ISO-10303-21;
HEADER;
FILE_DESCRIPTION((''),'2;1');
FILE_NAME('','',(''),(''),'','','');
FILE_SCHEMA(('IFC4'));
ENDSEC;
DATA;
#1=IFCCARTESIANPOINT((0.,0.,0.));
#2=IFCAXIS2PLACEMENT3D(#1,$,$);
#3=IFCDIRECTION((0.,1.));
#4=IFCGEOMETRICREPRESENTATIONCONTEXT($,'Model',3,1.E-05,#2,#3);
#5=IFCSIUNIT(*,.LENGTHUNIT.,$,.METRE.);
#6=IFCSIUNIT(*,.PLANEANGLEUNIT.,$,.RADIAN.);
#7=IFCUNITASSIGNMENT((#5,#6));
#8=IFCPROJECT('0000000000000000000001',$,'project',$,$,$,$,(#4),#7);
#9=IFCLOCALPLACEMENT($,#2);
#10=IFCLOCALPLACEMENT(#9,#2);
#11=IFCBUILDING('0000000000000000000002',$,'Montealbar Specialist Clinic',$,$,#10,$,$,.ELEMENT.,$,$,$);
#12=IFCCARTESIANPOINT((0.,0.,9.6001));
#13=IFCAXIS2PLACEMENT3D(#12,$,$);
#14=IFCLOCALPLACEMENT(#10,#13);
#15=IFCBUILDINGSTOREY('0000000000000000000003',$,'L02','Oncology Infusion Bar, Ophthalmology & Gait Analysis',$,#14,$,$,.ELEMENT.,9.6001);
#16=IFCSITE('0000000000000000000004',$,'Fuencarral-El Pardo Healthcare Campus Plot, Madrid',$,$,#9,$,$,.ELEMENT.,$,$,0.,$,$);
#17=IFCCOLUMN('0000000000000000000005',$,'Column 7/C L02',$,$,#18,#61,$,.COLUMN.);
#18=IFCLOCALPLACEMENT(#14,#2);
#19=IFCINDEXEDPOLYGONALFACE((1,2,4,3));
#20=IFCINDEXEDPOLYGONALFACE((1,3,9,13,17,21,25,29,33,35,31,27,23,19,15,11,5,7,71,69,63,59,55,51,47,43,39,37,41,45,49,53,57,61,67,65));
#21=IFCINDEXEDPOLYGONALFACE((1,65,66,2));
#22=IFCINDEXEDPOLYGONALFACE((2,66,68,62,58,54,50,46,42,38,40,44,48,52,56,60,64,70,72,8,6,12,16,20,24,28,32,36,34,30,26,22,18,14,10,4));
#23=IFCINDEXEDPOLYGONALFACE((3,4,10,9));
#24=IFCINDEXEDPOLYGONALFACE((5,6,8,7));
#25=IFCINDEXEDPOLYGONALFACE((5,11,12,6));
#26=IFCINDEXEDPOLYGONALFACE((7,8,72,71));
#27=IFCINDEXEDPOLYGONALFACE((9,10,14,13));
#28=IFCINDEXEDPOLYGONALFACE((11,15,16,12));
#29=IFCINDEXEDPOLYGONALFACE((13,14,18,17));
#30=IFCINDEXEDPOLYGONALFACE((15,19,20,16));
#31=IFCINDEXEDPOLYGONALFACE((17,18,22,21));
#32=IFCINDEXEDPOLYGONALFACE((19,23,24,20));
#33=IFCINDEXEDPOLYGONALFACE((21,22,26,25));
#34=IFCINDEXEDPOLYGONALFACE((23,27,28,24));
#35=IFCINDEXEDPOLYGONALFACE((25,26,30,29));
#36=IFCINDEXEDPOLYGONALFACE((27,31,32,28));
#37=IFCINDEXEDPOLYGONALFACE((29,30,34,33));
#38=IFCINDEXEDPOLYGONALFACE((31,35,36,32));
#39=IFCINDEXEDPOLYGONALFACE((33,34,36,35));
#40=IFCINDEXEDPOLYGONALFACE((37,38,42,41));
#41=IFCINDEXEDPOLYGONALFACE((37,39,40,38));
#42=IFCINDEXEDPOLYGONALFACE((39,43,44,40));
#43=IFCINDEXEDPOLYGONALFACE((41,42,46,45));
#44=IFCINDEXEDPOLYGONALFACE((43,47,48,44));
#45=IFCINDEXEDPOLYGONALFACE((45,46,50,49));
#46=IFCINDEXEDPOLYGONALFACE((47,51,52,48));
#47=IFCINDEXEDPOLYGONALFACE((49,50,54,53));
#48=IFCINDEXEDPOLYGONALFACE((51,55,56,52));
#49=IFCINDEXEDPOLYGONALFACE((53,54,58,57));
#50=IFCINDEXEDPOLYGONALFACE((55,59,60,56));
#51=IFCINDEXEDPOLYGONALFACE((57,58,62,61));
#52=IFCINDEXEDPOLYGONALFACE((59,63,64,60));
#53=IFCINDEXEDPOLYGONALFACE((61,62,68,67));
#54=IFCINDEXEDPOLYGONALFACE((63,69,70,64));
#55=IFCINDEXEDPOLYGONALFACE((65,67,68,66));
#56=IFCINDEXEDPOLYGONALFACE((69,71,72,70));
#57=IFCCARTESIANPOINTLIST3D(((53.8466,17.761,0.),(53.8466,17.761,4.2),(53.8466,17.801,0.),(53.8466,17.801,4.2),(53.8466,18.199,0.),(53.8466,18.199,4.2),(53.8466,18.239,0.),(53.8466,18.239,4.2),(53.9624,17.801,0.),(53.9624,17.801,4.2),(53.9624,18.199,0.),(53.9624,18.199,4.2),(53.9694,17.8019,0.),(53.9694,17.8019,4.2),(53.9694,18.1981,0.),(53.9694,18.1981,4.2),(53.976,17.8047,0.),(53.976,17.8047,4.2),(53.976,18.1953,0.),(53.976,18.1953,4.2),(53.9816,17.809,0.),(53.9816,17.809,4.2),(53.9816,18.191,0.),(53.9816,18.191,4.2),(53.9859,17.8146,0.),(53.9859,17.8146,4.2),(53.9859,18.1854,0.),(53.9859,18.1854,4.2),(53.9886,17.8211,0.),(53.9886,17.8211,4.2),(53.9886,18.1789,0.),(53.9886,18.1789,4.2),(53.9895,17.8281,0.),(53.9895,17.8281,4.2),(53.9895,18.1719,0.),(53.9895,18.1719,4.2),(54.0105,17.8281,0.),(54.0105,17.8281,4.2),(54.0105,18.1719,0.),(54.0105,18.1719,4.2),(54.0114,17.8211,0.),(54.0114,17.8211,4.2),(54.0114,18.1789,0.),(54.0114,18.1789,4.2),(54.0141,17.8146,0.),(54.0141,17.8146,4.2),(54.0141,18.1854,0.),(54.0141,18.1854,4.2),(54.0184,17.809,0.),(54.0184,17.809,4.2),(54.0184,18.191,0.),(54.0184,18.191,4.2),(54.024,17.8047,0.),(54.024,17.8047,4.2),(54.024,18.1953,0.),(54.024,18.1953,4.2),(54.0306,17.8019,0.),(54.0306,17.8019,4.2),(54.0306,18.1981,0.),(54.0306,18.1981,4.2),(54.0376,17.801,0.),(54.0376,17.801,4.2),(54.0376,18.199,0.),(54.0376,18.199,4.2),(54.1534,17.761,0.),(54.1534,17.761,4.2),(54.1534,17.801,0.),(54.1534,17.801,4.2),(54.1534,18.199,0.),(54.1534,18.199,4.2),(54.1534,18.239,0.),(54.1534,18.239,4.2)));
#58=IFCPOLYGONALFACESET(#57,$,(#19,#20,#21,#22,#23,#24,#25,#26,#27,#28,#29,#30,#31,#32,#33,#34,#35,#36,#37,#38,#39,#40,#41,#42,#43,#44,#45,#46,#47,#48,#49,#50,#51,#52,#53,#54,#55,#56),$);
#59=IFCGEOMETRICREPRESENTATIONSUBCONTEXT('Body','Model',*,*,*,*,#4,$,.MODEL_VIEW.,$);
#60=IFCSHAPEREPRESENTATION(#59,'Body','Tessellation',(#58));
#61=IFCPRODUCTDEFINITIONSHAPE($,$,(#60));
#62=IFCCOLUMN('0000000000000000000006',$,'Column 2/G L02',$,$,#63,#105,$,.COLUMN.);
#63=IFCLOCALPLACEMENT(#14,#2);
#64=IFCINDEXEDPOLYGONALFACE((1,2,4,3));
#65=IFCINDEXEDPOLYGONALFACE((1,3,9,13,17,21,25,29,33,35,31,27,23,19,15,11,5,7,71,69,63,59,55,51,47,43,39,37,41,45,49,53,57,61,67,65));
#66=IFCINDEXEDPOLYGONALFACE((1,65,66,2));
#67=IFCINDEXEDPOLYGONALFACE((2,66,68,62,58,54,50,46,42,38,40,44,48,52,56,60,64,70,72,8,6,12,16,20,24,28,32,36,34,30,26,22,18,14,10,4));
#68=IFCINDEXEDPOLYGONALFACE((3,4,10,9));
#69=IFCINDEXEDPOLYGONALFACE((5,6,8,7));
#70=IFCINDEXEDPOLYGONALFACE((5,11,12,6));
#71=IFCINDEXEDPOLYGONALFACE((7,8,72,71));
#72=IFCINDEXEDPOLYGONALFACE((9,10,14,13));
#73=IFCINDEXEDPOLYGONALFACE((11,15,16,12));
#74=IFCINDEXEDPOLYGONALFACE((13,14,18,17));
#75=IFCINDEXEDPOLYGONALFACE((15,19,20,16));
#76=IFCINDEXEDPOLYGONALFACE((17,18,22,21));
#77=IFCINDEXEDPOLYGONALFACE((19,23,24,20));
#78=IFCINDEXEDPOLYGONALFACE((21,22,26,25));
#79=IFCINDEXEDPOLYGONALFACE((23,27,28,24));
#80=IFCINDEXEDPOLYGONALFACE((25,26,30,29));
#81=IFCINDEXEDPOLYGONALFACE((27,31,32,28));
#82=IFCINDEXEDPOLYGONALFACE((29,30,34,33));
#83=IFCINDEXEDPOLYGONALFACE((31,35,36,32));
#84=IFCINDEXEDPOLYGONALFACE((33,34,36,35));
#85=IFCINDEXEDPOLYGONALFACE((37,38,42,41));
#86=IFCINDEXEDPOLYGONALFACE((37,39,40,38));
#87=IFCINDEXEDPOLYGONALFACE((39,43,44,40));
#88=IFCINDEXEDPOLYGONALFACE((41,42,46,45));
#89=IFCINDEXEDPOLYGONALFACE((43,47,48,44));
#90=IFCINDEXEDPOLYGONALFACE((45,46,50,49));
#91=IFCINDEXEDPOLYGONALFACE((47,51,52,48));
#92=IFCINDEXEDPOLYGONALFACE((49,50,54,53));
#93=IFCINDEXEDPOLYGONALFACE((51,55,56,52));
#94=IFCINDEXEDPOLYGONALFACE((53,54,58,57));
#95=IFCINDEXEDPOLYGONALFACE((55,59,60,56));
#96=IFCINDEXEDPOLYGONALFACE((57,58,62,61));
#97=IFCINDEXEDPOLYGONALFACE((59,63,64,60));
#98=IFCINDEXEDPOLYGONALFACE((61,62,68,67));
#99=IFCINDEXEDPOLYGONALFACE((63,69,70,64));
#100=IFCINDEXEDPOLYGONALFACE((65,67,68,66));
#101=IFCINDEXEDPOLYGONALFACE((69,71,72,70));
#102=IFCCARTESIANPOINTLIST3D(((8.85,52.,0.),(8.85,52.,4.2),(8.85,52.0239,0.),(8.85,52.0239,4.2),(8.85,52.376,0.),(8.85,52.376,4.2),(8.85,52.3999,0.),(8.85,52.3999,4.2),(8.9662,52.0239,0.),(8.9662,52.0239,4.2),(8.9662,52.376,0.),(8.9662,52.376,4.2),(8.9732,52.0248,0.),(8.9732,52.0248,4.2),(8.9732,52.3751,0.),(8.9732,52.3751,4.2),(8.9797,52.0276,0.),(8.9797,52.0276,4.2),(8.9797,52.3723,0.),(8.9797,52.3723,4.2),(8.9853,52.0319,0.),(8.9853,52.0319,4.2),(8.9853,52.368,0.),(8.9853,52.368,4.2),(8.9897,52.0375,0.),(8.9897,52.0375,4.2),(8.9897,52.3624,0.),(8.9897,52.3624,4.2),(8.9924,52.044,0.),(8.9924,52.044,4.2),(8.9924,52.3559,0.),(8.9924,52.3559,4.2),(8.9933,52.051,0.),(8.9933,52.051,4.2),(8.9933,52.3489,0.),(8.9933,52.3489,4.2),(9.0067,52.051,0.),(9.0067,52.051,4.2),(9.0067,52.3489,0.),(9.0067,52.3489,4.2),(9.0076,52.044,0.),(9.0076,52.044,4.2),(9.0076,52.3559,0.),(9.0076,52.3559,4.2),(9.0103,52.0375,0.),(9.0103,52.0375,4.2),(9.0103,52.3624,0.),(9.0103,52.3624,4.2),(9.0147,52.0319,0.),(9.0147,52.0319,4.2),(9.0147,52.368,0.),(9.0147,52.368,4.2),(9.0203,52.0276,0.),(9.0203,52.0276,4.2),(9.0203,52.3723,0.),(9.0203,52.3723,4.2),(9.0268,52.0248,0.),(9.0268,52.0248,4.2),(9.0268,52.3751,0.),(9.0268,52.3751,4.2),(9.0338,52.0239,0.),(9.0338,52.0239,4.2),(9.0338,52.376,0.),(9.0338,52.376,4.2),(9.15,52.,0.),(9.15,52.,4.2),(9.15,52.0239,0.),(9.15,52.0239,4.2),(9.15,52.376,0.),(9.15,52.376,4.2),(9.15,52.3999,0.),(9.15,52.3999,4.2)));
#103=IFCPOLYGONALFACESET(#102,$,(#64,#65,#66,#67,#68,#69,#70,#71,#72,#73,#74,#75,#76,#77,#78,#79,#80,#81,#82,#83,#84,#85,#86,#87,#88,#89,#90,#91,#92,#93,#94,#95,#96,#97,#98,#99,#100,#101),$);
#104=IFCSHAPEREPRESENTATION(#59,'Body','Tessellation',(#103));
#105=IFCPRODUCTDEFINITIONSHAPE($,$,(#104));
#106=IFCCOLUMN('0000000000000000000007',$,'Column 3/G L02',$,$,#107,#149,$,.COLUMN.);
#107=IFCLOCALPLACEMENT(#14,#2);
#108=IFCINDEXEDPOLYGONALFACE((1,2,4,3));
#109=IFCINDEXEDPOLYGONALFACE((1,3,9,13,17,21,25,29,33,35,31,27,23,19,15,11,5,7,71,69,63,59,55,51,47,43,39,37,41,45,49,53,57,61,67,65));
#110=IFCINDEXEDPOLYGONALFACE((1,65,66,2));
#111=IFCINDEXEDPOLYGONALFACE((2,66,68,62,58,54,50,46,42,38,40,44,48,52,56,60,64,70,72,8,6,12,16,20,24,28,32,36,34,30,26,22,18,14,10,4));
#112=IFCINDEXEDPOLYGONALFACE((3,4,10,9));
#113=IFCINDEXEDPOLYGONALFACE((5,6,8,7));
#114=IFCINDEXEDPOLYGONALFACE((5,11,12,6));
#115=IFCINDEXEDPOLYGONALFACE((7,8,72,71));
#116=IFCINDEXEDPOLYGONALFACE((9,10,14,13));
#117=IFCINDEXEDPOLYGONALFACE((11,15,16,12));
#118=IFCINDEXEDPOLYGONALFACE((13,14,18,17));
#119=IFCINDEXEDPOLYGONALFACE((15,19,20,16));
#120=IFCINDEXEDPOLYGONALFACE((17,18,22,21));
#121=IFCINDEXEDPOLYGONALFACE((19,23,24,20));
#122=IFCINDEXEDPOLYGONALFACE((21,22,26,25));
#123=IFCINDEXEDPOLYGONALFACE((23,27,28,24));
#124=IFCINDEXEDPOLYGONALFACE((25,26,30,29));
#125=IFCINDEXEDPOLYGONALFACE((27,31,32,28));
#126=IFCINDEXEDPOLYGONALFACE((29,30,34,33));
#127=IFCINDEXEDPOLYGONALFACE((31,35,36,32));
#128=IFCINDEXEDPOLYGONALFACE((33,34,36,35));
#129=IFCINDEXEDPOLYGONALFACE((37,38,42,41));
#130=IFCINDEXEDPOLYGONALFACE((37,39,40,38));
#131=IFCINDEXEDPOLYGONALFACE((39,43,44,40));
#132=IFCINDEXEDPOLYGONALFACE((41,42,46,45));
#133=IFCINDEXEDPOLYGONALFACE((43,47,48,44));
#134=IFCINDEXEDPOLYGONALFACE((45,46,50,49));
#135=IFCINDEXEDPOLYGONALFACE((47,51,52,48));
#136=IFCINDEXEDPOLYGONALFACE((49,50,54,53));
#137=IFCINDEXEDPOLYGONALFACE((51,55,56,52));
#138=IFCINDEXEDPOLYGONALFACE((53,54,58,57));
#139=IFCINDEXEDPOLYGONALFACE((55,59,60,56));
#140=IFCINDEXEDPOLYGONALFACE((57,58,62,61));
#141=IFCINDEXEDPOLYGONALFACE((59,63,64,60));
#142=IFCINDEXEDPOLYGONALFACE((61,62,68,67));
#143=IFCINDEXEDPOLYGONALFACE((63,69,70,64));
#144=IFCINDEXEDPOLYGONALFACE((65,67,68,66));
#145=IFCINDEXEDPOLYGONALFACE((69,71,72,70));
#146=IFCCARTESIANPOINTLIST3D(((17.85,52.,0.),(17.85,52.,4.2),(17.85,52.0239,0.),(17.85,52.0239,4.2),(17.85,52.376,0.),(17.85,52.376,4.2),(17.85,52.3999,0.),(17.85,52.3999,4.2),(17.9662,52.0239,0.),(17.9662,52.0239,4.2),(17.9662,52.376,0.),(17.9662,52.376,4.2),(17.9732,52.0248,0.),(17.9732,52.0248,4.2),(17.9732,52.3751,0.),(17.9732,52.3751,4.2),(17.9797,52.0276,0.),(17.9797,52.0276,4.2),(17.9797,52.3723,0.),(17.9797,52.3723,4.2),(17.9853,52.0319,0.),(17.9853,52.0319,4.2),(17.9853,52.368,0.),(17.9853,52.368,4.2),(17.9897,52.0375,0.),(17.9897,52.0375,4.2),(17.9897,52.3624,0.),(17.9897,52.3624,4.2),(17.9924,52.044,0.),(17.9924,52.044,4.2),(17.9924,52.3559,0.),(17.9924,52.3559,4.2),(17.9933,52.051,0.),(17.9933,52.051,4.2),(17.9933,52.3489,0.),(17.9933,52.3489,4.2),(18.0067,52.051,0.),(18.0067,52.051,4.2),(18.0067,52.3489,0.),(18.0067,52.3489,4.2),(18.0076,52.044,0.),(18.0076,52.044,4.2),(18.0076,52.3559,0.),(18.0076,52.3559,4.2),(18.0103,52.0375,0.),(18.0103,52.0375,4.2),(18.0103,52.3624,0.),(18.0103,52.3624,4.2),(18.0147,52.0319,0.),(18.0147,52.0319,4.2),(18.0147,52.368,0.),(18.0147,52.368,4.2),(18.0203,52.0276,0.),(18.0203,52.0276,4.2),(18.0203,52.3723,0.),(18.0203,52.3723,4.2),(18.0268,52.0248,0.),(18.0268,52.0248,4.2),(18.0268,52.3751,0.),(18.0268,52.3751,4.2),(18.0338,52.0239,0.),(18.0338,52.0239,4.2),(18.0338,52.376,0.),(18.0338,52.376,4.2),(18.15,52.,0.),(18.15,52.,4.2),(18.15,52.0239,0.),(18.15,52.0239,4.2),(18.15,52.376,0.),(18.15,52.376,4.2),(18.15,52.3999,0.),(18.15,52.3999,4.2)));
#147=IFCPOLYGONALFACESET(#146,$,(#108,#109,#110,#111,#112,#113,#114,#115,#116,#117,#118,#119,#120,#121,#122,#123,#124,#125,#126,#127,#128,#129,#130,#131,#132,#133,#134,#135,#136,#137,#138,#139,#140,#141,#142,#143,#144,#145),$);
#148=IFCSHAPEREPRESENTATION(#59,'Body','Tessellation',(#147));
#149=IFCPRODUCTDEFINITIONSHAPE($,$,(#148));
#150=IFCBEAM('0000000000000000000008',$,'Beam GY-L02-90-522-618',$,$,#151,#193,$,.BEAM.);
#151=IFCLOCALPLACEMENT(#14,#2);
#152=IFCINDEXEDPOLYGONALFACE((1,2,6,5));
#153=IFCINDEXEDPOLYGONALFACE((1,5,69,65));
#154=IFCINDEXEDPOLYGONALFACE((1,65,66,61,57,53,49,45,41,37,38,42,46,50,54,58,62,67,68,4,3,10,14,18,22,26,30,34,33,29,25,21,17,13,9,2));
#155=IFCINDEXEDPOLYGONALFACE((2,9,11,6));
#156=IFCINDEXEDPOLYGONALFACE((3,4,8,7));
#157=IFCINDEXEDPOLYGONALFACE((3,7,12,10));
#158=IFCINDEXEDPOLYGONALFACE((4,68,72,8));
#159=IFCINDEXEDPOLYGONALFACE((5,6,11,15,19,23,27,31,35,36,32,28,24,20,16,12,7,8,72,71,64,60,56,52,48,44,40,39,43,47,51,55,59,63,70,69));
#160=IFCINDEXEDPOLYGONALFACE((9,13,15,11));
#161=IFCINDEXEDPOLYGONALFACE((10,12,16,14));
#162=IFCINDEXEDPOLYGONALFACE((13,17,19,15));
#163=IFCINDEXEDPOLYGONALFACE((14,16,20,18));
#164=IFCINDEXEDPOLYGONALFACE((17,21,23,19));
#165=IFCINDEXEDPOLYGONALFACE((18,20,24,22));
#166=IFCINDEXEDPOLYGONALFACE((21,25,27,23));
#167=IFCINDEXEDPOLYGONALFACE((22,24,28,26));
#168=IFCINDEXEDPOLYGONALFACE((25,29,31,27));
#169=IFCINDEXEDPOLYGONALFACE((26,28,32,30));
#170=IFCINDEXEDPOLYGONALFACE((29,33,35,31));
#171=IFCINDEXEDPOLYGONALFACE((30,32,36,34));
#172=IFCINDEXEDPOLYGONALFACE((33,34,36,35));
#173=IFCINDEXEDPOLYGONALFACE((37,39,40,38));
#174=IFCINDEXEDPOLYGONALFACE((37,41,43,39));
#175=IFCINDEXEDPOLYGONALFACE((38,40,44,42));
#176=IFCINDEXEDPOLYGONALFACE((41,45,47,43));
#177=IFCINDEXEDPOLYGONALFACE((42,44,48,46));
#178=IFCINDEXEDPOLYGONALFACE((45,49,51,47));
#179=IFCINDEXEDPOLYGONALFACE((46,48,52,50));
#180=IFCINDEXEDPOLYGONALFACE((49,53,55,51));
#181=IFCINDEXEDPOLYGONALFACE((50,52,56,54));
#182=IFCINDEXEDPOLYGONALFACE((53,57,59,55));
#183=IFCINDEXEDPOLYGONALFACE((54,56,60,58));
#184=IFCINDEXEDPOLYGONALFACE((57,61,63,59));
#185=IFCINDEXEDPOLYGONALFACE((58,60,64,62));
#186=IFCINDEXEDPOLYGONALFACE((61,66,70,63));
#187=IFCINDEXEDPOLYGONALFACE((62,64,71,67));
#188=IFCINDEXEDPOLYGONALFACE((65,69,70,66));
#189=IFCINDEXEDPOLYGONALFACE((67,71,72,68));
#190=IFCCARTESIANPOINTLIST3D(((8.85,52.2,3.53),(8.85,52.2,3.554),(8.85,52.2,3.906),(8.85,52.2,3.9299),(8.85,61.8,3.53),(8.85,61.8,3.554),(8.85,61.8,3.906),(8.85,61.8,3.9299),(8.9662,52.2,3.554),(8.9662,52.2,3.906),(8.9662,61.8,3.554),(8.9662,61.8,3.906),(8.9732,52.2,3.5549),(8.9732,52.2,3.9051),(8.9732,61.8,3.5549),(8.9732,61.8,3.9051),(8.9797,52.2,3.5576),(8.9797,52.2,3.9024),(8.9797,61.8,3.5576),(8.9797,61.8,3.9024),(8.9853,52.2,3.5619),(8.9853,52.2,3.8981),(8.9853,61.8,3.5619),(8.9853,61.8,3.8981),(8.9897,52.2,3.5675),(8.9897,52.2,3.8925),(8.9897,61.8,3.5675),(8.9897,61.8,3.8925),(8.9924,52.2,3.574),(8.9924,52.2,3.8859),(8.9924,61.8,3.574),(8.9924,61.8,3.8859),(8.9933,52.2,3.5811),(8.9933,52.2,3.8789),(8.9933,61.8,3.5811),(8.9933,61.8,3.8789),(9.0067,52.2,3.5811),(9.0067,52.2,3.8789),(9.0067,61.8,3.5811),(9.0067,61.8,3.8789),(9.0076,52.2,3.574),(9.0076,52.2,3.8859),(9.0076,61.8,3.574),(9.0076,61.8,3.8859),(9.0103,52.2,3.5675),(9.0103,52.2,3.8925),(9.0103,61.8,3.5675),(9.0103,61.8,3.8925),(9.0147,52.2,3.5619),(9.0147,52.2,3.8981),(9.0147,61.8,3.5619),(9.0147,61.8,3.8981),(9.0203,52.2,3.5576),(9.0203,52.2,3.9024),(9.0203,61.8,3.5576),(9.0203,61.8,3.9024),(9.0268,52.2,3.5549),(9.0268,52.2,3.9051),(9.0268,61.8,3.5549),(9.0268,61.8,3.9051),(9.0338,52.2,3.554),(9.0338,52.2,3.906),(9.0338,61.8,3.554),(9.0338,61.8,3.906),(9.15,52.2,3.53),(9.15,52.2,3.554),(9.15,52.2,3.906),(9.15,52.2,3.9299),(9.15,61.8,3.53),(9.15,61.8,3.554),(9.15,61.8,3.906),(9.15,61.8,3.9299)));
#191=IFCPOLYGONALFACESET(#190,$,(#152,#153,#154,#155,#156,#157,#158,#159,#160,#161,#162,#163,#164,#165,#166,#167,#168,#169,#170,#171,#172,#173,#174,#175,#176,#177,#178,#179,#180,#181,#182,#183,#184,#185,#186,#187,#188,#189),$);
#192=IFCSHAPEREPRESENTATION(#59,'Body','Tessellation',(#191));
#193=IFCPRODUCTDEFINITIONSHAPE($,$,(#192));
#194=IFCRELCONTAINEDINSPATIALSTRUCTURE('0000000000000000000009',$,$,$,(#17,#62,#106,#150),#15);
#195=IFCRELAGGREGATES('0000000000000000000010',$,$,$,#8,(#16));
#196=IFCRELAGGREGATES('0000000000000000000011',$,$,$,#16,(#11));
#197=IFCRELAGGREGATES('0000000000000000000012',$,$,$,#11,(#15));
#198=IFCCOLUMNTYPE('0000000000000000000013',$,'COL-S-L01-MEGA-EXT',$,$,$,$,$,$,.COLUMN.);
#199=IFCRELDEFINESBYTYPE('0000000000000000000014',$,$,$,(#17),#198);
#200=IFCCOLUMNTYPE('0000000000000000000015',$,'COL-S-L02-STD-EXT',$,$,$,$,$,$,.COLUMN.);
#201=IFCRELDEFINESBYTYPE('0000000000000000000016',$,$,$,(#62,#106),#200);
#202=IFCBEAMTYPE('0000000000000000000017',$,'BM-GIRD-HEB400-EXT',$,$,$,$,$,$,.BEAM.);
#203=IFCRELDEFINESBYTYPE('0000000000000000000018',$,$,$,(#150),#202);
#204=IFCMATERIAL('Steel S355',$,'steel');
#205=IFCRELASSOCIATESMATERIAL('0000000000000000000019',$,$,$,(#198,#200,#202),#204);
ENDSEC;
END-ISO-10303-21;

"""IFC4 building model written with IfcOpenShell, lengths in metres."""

from ifc_helpers import new_model, si_unit, direction, frame, origin, origin_2d, place, context, subcontext, project, spatial, i_section, extrude, material, material_profile, profile_set, type_object, element, save


model = new_model("IFC4")

# Units and contexts
model_context = context("Model", 3, precision=1e-05, world=origin(), true_north=direction((0.0, 1.0)))
body_context = subcontext(model_context, "Body", "Model", "MODEL_VIEW")
ifc_project = project(units=[si_unit("LENGTHUNIT", "METRE"), si_unit("PLANEANGLEUNIT", "RADIAN")], contexts=[model_context])

# Site, building, storey
site_placement = place(None, origin())
site = spatial("IfcSite", under=ifc_project, at=site_placement, Name="Fuencarral-El Pardo Healthcare Campus Plot, Madrid", CompositionType="ELEMENT", RefElevation=0.0)
building_placement = place(site_placement, origin())
building = spatial("IfcBuilding", under=site, at=building_placement, Name="Montealbar Specialist Clinic", CompositionType="ELEMENT")
storey_placement = place(building_placement, frame((0.0, 0.0, 9.6001)))
storey = spatial("IfcBuildingStorey", under=building, at=storey_placement, Name="L02", Description="Oncology Infusion Bar, Ophthalmology & Gait Analysis", CompositionType="ELEMENT", Elevation=9.6001)

# Columns
ifc_material_1 = material(Name="Steel S355", Category="steel")
ifc_material_profile_1 = material_profile(ifc_material_1, i_section(OverallWidth=0.3069, OverallDepth=0.478, WebThickness=0.021, FlangeThickness=0.04, FilletRadius=0.0271, at=origin_2d()), Name="HEM 450", Category="steel")
ifc_profile_set_1 = profile_set([ifc_material_profile_1], Name="Steel S355")
column_type_1 = type_object("IfcColumnType", Name="COL-S-L01-MEGA-EXT", PredefinedType="COLUMN", material=ifc_profile_set_1)
column_placement = place(storey_placement, frame((54.0, 18.0, 0.0), z_axis=(0.0, 0.0, 1.0), x_axis=(1.0, 0.0, 0.0)))
element("IfcColumn", 1, at=column_placement, inside=storey, type_object=column_type_1, Name="Column 7/C L02", PredefinedType="COLUMN", context=body_context, shape_type="SweptSolid", body=[
    extrude(i_section(OverallWidth=0.3069, OverallDepth=0.478, WebThickness=0.021, FlangeThickness=0.04, FilletRadius=0.0271, at=origin_2d()), origin(), (0.0, 0.0, 1.0), 4.2),
])
ifc_material_profile_2 = material_profile(ifc_material_1, i_section(OverallWidth=0.3, OverallDepth=0.3999, WebThickness=0.0134, FlangeThickness=0.0239, FilletRadius=0.0271, at=origin_2d()), Name="HEB 400", Category="steel")
ifc_profile_set_2 = profile_set([ifc_material_profile_2], Name="Steel S355")
column_type_2 = type_object("IfcColumnType", Name="COL-S-L02-STD-EXT", PredefinedType="COLUMN", material=ifc_profile_set_2)
for number, where, z_axis, x_axis, name in (
    (2, (9.0, 52.2, 0.0), (0.0, 0.0, 1.0), (1.0, 0.0, 0.0), "Column 2/G L02"),
    (3, (18.0, 52.2, 0.0), (0.0, 0.0, 1.0), (1.0, 0.0, 0.0), "Column 3/G L02"),
):
    element("IfcColumn", number, at=place(storey_placement, frame(where, z_axis=z_axis, x_axis=x_axis)), inside=storey, type_object=column_type_2, Name=name, PredefinedType="COLUMN", context=body_context, shape_type="SweptSolid", body=[
        extrude(i_section(OverallWidth=0.3, OverallDepth=0.3999, WebThickness=0.0134, FlangeThickness=0.0239, FilletRadius=0.0271, at=origin_2d()), origin(), (0.0, 0.0, 1.0), 4.2),
    ])

# Beam
ifc_material_profile_3 = material_profile(ifc_material_1, i_section(OverallWidth=0.3, OverallDepth=0.3999, WebThickness=0.0134, FlangeThickness=0.0239, FilletRadius=0.0271, at=origin_2d()), Name="HEB 400", Category="steel")
ifc_profile_set_3 = profile_set([ifc_material_profile_3], Name="Steel S355")
beam_type_1 = type_object("IfcBeamType", Name="BM-GIRD-HEB400-EXT", PredefinedType="BEAM", material=ifc_profile_set_3)
for number, where, z_axis, x_axis, name in (
    (4, (9.0, 52.2, 3.73), (0.0, 1.0, 0.0), (-1.0, 0.0, 0.0), "Beam GY-L02-90-522-618"),
):
    element("IfcBeam", number, at=place(storey_placement, frame(where, z_axis=z_axis, x_axis=x_axis)), inside=storey, type_object=beam_type_1, Name=name, PredefinedType="BEAM", context=body_context, shape_type="SweptSolid", body=[
        extrude(i_section(OverallWidth=0.3, OverallDepth=0.3999, WebThickness=0.0134, FlangeThickness=0.0239, FilletRadius=0.0271, at=origin_2d()), origin(), (0.0, 0.0, 1.0), 9.6001),
    ])

save(model, "model.ifc")
